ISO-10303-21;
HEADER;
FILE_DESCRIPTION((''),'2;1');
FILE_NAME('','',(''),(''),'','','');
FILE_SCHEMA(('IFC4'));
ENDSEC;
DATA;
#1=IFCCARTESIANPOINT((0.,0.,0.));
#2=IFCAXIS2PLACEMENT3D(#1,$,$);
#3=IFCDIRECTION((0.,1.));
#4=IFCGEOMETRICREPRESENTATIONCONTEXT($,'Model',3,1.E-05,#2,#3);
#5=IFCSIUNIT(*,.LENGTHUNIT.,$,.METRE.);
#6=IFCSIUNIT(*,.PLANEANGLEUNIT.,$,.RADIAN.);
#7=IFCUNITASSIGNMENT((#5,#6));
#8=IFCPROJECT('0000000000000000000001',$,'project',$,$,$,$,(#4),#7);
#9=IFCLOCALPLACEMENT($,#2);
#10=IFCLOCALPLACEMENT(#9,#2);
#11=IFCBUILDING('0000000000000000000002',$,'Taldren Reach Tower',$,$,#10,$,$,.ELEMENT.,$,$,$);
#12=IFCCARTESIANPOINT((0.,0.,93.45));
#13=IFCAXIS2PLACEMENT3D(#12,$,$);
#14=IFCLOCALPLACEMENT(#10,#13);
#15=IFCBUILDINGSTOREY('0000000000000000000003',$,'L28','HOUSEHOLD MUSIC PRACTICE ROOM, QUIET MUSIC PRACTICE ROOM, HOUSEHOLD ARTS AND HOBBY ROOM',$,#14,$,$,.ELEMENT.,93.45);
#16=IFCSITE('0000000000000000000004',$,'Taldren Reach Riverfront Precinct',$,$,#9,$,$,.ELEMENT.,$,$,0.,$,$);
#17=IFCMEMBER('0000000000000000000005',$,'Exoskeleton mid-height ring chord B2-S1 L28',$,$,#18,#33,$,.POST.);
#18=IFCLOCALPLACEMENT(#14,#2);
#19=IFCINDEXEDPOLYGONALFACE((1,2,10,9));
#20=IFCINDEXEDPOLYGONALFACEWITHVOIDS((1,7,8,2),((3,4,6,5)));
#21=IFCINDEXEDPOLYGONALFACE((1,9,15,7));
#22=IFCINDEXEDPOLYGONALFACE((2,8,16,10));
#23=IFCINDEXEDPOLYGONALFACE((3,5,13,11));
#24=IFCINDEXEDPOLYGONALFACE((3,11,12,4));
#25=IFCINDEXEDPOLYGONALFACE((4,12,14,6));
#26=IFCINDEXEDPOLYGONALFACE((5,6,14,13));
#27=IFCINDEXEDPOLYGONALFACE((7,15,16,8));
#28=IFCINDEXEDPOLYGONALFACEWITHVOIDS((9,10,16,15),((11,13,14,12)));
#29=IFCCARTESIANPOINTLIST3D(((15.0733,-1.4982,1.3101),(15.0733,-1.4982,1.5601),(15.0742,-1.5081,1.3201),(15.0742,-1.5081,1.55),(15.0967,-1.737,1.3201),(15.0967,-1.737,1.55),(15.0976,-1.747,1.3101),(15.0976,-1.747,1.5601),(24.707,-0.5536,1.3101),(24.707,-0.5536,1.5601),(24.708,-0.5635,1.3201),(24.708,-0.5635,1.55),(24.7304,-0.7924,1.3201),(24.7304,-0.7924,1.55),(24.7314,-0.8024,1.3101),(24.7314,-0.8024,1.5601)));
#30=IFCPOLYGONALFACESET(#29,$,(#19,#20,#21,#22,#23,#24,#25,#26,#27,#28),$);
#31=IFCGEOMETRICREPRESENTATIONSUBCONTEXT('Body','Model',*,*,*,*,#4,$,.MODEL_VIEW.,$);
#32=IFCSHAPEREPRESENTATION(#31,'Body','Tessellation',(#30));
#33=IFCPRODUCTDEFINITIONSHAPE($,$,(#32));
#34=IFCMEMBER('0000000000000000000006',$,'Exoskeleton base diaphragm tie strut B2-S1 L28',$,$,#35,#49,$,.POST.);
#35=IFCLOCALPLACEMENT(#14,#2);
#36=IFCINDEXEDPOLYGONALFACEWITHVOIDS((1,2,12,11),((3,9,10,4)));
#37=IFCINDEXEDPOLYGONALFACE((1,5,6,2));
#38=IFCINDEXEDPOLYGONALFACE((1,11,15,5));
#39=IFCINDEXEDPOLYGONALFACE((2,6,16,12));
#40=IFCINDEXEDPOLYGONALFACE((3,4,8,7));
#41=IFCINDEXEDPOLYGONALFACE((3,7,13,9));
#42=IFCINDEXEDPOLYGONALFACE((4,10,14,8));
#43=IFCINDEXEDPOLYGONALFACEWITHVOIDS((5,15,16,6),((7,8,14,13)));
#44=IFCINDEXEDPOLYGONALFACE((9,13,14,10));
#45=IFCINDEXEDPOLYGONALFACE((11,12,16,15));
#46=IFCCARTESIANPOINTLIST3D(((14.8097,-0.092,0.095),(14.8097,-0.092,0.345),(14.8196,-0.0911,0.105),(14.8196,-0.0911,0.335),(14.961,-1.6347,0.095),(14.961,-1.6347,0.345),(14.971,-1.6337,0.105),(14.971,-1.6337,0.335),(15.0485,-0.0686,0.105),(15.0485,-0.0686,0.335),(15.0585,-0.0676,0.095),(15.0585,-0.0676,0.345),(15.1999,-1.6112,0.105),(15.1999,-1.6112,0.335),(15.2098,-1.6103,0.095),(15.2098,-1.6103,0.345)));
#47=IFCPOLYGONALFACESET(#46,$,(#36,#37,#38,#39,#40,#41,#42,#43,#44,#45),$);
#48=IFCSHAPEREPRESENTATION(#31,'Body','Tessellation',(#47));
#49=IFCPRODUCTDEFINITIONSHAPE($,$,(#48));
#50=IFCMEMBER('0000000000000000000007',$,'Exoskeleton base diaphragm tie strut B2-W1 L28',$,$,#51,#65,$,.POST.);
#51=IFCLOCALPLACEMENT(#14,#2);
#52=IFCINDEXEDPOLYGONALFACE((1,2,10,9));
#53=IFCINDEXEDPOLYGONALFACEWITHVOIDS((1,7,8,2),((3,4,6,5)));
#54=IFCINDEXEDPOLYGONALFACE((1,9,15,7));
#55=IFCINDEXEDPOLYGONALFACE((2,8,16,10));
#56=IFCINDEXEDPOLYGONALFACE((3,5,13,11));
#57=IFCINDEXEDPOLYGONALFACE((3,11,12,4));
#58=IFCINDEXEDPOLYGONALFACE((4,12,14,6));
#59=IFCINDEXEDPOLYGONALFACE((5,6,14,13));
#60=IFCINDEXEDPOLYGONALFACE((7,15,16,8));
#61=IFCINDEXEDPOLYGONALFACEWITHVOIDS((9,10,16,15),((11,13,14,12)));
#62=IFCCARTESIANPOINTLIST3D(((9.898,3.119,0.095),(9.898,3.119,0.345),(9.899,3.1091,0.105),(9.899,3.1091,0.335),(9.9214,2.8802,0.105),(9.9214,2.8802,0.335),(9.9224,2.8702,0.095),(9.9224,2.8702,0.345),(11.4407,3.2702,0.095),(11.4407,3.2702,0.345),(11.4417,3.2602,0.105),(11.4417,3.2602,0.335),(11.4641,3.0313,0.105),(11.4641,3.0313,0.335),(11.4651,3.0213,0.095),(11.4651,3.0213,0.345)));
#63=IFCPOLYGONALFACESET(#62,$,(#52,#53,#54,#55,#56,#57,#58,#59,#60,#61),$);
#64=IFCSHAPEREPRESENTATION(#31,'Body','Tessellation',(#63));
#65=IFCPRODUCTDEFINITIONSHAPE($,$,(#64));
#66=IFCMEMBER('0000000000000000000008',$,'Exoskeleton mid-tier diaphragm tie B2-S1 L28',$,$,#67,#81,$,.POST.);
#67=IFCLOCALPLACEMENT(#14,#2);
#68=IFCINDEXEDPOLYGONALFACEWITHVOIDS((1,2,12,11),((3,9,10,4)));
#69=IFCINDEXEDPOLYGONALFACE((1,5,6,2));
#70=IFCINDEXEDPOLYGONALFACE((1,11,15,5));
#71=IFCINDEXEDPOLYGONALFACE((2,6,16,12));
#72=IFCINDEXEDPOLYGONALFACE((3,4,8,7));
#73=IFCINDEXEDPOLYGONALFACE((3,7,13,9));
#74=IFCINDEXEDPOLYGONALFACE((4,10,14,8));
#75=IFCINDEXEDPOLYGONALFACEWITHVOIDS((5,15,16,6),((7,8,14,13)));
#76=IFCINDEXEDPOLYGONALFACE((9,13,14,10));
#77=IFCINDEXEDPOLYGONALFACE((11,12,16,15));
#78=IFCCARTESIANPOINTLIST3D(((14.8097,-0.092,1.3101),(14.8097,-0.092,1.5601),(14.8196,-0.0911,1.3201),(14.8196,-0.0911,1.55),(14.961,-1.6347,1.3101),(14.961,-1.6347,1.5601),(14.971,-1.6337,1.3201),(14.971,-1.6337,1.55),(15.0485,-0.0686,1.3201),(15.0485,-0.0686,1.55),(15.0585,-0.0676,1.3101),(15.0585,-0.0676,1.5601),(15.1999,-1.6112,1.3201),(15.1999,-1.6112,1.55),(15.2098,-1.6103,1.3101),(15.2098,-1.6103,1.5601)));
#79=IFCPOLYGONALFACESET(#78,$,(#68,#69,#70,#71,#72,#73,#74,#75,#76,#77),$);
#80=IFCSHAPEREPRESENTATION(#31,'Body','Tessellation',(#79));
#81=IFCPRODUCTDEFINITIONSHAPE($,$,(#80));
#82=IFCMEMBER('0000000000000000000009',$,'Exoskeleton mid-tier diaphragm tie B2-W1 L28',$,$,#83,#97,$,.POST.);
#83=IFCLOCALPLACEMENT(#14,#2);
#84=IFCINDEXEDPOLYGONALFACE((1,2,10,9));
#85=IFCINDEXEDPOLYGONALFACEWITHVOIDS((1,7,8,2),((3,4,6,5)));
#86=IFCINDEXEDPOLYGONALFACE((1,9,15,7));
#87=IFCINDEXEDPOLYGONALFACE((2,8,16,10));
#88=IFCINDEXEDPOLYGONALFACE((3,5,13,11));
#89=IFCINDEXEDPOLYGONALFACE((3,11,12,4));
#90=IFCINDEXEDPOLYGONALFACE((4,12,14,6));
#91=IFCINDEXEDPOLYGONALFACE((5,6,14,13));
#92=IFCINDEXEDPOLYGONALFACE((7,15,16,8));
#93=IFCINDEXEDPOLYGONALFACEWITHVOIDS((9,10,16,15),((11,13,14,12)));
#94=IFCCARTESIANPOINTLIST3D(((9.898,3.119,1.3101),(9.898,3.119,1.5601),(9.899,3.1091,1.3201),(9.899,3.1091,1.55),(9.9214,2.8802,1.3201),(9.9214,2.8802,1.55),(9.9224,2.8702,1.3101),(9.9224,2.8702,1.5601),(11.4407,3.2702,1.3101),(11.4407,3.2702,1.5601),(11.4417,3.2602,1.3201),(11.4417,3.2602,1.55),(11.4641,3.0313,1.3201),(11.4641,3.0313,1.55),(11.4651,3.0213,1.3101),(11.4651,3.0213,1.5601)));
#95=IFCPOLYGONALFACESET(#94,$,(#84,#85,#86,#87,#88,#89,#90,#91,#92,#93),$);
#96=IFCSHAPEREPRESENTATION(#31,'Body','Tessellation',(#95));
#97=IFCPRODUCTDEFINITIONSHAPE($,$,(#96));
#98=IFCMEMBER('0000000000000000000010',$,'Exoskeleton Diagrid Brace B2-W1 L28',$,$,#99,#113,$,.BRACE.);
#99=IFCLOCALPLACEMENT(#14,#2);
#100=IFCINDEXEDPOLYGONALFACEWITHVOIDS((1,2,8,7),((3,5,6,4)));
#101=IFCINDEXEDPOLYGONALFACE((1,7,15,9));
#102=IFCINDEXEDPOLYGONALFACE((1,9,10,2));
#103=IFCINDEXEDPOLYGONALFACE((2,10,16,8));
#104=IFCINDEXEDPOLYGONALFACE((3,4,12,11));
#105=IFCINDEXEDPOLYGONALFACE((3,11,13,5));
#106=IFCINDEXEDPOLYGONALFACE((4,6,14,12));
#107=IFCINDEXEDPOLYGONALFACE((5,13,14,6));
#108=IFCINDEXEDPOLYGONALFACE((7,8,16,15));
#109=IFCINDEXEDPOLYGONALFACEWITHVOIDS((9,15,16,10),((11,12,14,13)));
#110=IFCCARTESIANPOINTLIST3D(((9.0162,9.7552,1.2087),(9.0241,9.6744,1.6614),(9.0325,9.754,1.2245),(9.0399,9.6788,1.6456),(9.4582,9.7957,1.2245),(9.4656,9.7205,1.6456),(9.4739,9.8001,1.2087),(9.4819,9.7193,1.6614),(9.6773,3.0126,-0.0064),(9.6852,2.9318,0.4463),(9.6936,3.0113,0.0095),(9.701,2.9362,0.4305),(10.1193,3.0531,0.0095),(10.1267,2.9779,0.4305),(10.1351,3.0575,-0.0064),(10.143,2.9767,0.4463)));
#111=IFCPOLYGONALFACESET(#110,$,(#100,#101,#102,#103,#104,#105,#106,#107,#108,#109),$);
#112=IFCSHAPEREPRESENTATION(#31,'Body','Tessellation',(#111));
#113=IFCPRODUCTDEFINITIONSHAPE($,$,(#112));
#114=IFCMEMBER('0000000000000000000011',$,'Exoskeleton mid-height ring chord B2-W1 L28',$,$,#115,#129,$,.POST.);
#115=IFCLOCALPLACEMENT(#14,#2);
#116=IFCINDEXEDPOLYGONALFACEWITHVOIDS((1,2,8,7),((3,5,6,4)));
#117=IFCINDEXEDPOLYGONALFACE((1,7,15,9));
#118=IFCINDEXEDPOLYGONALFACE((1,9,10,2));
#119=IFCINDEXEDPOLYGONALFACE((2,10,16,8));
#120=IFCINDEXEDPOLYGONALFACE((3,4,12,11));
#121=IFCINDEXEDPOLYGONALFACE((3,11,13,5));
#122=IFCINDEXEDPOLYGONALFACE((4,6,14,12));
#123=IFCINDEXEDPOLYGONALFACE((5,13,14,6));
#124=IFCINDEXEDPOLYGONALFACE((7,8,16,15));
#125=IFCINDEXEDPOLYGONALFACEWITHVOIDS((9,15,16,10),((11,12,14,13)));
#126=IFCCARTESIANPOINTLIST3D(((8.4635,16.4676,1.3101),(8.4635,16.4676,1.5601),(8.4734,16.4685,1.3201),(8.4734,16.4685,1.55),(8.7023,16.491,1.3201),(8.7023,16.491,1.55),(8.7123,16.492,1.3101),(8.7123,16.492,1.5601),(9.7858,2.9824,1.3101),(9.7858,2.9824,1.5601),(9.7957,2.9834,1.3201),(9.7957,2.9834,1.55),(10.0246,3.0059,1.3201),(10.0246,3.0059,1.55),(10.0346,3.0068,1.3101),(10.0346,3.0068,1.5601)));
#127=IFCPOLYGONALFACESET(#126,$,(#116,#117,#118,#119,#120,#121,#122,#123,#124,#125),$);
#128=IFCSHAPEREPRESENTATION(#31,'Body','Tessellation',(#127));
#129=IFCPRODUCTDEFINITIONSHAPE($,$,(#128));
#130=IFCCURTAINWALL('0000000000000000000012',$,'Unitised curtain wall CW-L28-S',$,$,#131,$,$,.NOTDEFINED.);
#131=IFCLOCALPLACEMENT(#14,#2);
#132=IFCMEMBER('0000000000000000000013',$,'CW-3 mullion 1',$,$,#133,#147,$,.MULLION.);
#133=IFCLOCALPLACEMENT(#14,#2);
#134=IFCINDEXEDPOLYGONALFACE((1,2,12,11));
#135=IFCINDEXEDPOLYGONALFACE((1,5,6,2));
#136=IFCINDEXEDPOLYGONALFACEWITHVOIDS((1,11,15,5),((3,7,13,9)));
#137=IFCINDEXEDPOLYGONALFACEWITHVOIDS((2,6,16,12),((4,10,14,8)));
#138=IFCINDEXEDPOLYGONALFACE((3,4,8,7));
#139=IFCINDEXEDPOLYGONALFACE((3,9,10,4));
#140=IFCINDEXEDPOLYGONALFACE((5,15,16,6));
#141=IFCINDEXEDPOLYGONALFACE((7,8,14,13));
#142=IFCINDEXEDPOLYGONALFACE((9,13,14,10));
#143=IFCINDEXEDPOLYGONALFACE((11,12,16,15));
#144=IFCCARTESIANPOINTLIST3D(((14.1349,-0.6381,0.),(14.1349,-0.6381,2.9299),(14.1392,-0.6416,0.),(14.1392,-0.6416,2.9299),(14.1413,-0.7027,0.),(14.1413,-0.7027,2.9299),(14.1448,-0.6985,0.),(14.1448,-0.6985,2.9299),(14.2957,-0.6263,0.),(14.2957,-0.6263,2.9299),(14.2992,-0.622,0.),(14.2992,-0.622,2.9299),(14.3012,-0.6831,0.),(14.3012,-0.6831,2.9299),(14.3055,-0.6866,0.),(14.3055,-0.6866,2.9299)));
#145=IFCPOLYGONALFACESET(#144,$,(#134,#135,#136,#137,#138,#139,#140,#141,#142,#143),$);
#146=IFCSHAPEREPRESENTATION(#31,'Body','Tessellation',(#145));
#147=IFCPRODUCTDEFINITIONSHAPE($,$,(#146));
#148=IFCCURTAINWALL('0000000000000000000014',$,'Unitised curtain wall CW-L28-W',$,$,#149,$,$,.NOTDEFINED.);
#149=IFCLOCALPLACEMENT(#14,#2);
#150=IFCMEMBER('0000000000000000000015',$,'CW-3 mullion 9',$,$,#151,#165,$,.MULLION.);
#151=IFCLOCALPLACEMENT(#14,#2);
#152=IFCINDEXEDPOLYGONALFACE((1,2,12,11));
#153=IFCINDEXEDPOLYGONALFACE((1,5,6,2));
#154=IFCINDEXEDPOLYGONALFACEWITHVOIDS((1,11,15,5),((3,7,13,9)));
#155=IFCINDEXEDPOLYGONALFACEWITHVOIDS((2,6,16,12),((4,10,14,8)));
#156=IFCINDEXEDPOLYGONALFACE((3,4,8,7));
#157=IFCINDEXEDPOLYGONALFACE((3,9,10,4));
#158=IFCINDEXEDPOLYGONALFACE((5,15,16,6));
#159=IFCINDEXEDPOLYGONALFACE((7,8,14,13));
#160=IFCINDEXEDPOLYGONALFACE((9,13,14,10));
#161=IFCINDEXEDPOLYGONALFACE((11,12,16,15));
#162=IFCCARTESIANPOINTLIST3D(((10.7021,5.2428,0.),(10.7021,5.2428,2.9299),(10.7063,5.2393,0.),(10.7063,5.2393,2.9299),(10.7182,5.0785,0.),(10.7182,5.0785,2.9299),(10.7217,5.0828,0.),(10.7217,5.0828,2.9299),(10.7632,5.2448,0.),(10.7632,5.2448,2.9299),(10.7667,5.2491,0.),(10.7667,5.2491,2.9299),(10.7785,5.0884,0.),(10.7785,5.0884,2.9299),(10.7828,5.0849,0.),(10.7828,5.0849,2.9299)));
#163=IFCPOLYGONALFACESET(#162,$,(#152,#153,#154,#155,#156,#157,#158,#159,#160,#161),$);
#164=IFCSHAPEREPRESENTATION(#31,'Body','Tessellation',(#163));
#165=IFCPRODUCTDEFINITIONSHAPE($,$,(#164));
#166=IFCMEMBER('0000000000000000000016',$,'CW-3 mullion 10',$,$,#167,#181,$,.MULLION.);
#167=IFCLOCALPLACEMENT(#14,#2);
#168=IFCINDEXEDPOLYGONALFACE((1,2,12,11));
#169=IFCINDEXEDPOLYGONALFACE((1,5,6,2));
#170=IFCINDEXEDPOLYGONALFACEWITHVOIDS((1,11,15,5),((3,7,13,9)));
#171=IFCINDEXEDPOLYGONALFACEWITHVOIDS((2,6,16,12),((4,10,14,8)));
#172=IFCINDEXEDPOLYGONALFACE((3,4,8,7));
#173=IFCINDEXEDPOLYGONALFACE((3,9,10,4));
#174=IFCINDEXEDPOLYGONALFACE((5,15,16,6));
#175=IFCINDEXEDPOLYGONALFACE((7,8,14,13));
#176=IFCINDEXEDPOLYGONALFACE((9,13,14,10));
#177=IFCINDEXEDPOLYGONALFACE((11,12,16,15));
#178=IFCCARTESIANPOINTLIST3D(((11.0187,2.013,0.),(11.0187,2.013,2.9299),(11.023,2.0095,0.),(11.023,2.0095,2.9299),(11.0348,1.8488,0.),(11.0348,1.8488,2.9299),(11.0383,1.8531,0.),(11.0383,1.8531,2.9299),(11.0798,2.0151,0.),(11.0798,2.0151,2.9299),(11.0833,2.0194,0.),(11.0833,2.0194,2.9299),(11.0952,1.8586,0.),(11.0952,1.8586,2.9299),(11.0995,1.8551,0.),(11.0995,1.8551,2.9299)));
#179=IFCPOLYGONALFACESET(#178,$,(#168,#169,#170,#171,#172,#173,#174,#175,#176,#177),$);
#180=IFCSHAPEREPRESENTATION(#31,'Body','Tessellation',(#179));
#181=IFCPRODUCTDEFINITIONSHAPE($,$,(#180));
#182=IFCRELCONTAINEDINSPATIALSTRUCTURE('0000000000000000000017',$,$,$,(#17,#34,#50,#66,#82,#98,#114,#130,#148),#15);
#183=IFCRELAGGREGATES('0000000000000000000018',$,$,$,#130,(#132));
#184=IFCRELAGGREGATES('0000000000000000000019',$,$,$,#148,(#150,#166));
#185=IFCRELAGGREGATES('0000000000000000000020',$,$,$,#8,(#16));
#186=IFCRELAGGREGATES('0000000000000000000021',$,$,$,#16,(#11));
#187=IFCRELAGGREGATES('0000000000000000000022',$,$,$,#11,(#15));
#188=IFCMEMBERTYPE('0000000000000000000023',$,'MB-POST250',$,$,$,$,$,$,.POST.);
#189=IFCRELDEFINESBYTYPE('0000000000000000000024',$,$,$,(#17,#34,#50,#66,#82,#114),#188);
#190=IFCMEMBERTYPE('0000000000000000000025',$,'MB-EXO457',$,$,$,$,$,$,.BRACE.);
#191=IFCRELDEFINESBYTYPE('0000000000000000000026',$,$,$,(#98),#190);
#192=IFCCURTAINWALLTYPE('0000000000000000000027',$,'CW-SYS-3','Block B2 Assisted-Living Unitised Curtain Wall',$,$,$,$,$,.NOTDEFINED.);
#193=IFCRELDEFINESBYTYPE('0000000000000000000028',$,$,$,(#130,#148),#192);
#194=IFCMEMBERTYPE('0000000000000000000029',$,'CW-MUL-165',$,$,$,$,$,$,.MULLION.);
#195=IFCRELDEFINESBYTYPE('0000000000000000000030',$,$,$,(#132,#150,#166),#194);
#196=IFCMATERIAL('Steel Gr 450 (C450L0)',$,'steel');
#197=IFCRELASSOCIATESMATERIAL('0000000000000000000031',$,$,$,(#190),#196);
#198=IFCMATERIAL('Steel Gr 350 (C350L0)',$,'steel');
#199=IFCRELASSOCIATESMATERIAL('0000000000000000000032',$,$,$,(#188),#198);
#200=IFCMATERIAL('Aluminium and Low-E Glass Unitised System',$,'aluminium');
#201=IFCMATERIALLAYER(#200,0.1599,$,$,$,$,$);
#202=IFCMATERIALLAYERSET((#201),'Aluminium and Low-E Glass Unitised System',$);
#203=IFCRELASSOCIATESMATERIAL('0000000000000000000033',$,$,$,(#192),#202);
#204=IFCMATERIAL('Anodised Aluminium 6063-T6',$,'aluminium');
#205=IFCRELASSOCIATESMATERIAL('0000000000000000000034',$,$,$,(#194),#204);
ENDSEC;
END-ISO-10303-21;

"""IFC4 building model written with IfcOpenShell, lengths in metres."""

from ifc_helpers import new_model, si_unit, direction, frame, origin, origin_2d, place, context, subcontext, project, spatial, hollow_rectangle, extrude, source, transform, mapped, material, layer, layer_set, material_profile, profile_set, type_object, element, aggregate, save


model = new_model("IFC4")

# Units and contexts
model_context = context("Model", 3, precision=1e-05, world=origin(), true_north=direction((0.0, 1.0)))
body_context = subcontext(model_context, "Body", "Model", "MODEL_VIEW")
ifc_project = project(units=[si_unit("LENGTHUNIT", "METRE"), si_unit("PLANEANGLEUNIT", "RADIAN")], contexts=[model_context])

# Site, building, storey
site_placement = place(None, origin())
site = spatial("IfcSite", under=ifc_project, at=site_placement, Name="Taldren Reach Riverfront Precinct", CompositionType="ELEMENT", RefElevation=0.0)
building_placement = place(site_placement, origin())
building = spatial("IfcBuilding", under=site, at=building_placement, Name="Taldren Reach Tower", CompositionType="ELEMENT")
storey_placement = place(building_placement, frame((0.0, 0.0, 93.45)))
storey = spatial("IfcBuildingStorey", under=building, at=storey_placement, Name="L28", Description="HOUSEHOLD MUSIC PRACTICE ROOM, QUIET MUSIC PRACTICE ROOM, HOUSEHOLD ARTS AND HOBBY ROOM", CompositionType="ELEMENT", Elevation=93.45)

# Members
ifc_material_1 = material(Name="Steel Gr 450 (C450L0)", Category="steel")
ifc_material_profile_1 = material_profile(ifc_material_1, hollow_rectangle(XDim=0.46, YDim=0.46, WallThickness=0.0161, at=origin_2d()), Name="460x460x16.0SHS")
ifc_profile_set_1 = profile_set([ifc_material_profile_1], Name="Steel Gr 450 (C450L0)")
member_type_1 = type_object("IfcMemberType", Name="MB-EXO457", PredefinedType="BRACE", material=ifc_profile_set_1)
ifc_material_2 = material(Name="Steel Gr 350 (C350L0)", Category="steel")
ifc_material_profile_2 = material_profile(ifc_material_2, hollow_rectangle(XDim=0.25, YDim=0.25, WallThickness=0.01, at=origin_2d()), Name="250x250x10.0SHS")
ifc_profile_set_2 = profile_set([ifc_material_profile_2], Name="Steel Gr 350 (C350L0)")
member_type_2 = type_object("IfcMemberType", Name="MB-POST250", PredefinedType="POST", material=ifc_profile_set_2)
shared_shape_1 = source(origin(), body_context, "Body", "SweptSolid", [
    extrude(hollow_rectangle(XDim=0.25, YDim=0.25, WallThickness=0.01, at=origin_2d()), origin(), (0.0, 0.0, 1.0), 9.6799),
])
member_1_placement = place(storey_placement, frame((15.0854, -1.6226, 1.4351), z_axis=(0.995228, 0.097581, 0.0), x_axis=(-0.097581, 0.995228, 0.0)))
element("IfcMember", 1, at=member_1_placement, inside=storey, type_object=member_type_2, Name="Exoskeleton mid-height ring chord B2-S1 L28", PredefinedType="POST", context=body_context, shape_type="MappedRepresentation", body=[
    mapped(shared_shape_1, transform((0.0, 0.0, 0.0), scale=1.0)),
])
shared_shape_2 = source(origin(), body_context, "Body", "SweptSolid", [
    extrude(hollow_rectangle(XDim=0.25, YDim=0.25, WallThickness=0.01, at=origin_2d()), origin(), (0.0, 0.0, 1.0), 1.55),
])
for number, where, z_axis, x_axis, name in (
    (2, (14.9341, -0.0798, 0.22), (0.097648, -0.995221, 0.0), (0.995221, 0.097648, 0.0), "Exoskeleton base diaphragm tie strut B2-S1 L28"),
    (3, (11.4529, 3.1458, 0.22), (-0.995236, -0.097492, 0.0), (0.097492, -0.995236, 0.0), "Exoskeleton base diaphragm tie strut B2-W1 L28"),
    (4, (14.9341, -0.0798, 1.4351), (0.097648, -0.995221, 0.0), (0.995221, 0.097648, 0.0), "Exoskeleton mid-tier diaphragm tie B2-S1 L28"),
    (5, (11.4529, 3.1458, 1.4351), (-0.995236, -0.097492, 0.0), (0.097492, -0.995236, 0.0), "Exoskeleton mid-tier diaphragm tie B2-W1 L28"),
):
    element("IfcMember", number, at=place(storey_placement, frame(where, z_axis=z_axis, x_axis=x_axis)), inside=storey, type_object=member_type_2, Name=name, PredefinedType="POST", context=body_context, shape_type="MappedRepresentation", body=[
        mapped(shared_shape_2, transform((0.0, 0.0, 0.0), scale=1.0)),
    ])
shared_shape_3 = source(origin(), body_context, "Body", "SweptSolid", [
    extrude(hollow_rectangle(XDim=0.46, YDim=0.46, WallThickness=0.0161, at=origin_2d()), origin(), (0.0, 0.0, 1.0), 6.8831),
])
member_2_placement = place(storey_placement, frame((9.9102, 2.9946, 0.22), z_axis=(-0.096051, 0.979597, 0.176532), x_axis=(-0.995227, -0.097584, 0.0)))
element("IfcMember", 6, at=member_2_placement, inside=storey, type_object=member_type_1, Name="Exoskeleton Diagrid Brace B2-W1 L28", PredefinedType="BRACE", context=body_context, shape_type="MappedRepresentation", body=[
    mapped(shared_shape_3, transform((0.0, 0.0, 0.0), scale=1.0)),
])
shared_shape_4 = source(origin(), body_context, "Body", "SweptSolid", [
    extrude(hollow_rectangle(XDim=0.25, YDim=0.25, WallThickness=0.01, at=origin_2d()), origin(), (0.0, 0.0, 1.0), 13.5498),
])
member_3_placement = place(storey_placement, frame((9.9102, 2.9946, 1.4351), z_axis=(-0.097586, 0.995227, 0.0), x_axis=(-0.995227, -0.097586, 0.0)))
element("IfcMember", 7, at=member_3_placement, inside=storey, type_object=member_type_2, Name="Exoskeleton mid-height ring chord B2-W1 L28", PredefinedType="POST", context=body_context, shape_type="MappedRepresentation", body=[
    mapped(shared_shape_4, transform((0.0, 0.0, 0.0), scale=1.0)),
])

# Curtain wall, member
ifc_material_3 = material(Name="Aluminium and Low-E Glass Unitised System", Category="aluminium")
ifc_layer_1 = layer(ifc_material_3, 0.1599)
ifc_layer_set_1 = layer_set([ifc_layer_1], Name="Aluminium and Low-E Glass Unitised System")
curtain_wall_type = type_object("IfcCurtainWallType", Name="CW-SYS-3", Description="Block B2 Assisted-Living Unitised Curtain Wall", PredefinedType="NOTDEFINED", material=ifc_layer_set_1)
curtain_wall_1_placement = place(storey_placement, origin())
curtain_wall_1 = element("IfcCurtainWall", 8, at=curtain_wall_1_placement, inside=storey, type_object=curtain_wall_type, Name="Unitised curtain wall CW-L28-S", PredefinedType="NOTDEFINED")
ifc_material_4 = material(Name="Anodised Aluminium 6063-T6", Category="aluminium")
ifc_material_profile_3 = material_profile(ifc_material_4, hollow_rectangle(XDim=0.0649, YDim=0.165, WallThickness=0.0039, at=origin_2d()), Name="ALU-165x65x4RHS")
ifc_profile_set_3 = profile_set([ifc_material_profile_3], Name="Anodised Aluminium 6063-T6")
member_type_3 = type_object("IfcMemberType", Name="CW-MUL-165", PredefinedType="MULLION", material=ifc_profile_set_3)
shared_shape_5 = source(origin(), body_context, "Body", "SweptSolid", [
    extrude(hollow_rectangle(XDim=0.0649, YDim=0.165, WallThickness=0.0039, at=origin_2d()), origin(), (0.0, 0.0, 1.0), 2.9299),
])
member_4_placement = place(storey_placement, frame((14.2202, -0.6624, 0.0), z_axis=(0.0, 0.0, 1.0), x_axis=(-0.097583, 0.995227, 0.0)))
member_4 = element("IfcMember", 9, at=member_4_placement, type_object=member_type_3, Name="CW-3 mullion 1", PredefinedType="MULLION", context=body_context, shape_type="MappedRepresentation", body=[
    mapped(shared_shape_5, transform((0.0, 0.0, 0.0), scale=1.0)),
])

# Curtain wall, members
curtain_wall_2_placement = place(storey_placement, origin())
curtain_wall_2 = element("IfcCurtainWall", 10, at=curtain_wall_2_placement, inside=storey, type_object=curtain_wall_type, Name="Unitised curtain wall CW-L28-W", PredefinedType="NOTDEFINED")
member_5_placement = place(storey_placement, frame((10.7424, 5.1638, 0.0), z_axis=(0.0, 0.0, 1.0), x_axis=(0.995227, 0.097583, 0.0)))
member_5 = element("IfcMember", 11, at=member_5_placement, type_object=member_type_3, Name="CW-3 mullion 9", PredefinedType="MULLION", context=body_context, shape_type="MappedRepresentation", body=[
    mapped(shared_shape_5, transform((0.0, 0.0, 0.0), scale=1.0)),
])
member_6_placement = place(storey_placement, frame((11.0591, 1.9341, 0.0), z_axis=(0.0, 0.0, 1.0), x_axis=(0.995227, 0.097583, 0.0)))
member_6 = element("IfcMember", 12, at=member_6_placement, type_object=member_type_3, Name="CW-3 mullion 10", PredefinedType="MULLION", context=body_context, shape_type="MappedRepresentation", body=[
    mapped(shared_shape_5, transform((0.0, 0.0, 0.0), scale=1.0)),
])

aggregate(curtain_wall_1, [member_4])
aggregate(curtain_wall_2, [member_5, member_6])

save(model, "model.ifc")
